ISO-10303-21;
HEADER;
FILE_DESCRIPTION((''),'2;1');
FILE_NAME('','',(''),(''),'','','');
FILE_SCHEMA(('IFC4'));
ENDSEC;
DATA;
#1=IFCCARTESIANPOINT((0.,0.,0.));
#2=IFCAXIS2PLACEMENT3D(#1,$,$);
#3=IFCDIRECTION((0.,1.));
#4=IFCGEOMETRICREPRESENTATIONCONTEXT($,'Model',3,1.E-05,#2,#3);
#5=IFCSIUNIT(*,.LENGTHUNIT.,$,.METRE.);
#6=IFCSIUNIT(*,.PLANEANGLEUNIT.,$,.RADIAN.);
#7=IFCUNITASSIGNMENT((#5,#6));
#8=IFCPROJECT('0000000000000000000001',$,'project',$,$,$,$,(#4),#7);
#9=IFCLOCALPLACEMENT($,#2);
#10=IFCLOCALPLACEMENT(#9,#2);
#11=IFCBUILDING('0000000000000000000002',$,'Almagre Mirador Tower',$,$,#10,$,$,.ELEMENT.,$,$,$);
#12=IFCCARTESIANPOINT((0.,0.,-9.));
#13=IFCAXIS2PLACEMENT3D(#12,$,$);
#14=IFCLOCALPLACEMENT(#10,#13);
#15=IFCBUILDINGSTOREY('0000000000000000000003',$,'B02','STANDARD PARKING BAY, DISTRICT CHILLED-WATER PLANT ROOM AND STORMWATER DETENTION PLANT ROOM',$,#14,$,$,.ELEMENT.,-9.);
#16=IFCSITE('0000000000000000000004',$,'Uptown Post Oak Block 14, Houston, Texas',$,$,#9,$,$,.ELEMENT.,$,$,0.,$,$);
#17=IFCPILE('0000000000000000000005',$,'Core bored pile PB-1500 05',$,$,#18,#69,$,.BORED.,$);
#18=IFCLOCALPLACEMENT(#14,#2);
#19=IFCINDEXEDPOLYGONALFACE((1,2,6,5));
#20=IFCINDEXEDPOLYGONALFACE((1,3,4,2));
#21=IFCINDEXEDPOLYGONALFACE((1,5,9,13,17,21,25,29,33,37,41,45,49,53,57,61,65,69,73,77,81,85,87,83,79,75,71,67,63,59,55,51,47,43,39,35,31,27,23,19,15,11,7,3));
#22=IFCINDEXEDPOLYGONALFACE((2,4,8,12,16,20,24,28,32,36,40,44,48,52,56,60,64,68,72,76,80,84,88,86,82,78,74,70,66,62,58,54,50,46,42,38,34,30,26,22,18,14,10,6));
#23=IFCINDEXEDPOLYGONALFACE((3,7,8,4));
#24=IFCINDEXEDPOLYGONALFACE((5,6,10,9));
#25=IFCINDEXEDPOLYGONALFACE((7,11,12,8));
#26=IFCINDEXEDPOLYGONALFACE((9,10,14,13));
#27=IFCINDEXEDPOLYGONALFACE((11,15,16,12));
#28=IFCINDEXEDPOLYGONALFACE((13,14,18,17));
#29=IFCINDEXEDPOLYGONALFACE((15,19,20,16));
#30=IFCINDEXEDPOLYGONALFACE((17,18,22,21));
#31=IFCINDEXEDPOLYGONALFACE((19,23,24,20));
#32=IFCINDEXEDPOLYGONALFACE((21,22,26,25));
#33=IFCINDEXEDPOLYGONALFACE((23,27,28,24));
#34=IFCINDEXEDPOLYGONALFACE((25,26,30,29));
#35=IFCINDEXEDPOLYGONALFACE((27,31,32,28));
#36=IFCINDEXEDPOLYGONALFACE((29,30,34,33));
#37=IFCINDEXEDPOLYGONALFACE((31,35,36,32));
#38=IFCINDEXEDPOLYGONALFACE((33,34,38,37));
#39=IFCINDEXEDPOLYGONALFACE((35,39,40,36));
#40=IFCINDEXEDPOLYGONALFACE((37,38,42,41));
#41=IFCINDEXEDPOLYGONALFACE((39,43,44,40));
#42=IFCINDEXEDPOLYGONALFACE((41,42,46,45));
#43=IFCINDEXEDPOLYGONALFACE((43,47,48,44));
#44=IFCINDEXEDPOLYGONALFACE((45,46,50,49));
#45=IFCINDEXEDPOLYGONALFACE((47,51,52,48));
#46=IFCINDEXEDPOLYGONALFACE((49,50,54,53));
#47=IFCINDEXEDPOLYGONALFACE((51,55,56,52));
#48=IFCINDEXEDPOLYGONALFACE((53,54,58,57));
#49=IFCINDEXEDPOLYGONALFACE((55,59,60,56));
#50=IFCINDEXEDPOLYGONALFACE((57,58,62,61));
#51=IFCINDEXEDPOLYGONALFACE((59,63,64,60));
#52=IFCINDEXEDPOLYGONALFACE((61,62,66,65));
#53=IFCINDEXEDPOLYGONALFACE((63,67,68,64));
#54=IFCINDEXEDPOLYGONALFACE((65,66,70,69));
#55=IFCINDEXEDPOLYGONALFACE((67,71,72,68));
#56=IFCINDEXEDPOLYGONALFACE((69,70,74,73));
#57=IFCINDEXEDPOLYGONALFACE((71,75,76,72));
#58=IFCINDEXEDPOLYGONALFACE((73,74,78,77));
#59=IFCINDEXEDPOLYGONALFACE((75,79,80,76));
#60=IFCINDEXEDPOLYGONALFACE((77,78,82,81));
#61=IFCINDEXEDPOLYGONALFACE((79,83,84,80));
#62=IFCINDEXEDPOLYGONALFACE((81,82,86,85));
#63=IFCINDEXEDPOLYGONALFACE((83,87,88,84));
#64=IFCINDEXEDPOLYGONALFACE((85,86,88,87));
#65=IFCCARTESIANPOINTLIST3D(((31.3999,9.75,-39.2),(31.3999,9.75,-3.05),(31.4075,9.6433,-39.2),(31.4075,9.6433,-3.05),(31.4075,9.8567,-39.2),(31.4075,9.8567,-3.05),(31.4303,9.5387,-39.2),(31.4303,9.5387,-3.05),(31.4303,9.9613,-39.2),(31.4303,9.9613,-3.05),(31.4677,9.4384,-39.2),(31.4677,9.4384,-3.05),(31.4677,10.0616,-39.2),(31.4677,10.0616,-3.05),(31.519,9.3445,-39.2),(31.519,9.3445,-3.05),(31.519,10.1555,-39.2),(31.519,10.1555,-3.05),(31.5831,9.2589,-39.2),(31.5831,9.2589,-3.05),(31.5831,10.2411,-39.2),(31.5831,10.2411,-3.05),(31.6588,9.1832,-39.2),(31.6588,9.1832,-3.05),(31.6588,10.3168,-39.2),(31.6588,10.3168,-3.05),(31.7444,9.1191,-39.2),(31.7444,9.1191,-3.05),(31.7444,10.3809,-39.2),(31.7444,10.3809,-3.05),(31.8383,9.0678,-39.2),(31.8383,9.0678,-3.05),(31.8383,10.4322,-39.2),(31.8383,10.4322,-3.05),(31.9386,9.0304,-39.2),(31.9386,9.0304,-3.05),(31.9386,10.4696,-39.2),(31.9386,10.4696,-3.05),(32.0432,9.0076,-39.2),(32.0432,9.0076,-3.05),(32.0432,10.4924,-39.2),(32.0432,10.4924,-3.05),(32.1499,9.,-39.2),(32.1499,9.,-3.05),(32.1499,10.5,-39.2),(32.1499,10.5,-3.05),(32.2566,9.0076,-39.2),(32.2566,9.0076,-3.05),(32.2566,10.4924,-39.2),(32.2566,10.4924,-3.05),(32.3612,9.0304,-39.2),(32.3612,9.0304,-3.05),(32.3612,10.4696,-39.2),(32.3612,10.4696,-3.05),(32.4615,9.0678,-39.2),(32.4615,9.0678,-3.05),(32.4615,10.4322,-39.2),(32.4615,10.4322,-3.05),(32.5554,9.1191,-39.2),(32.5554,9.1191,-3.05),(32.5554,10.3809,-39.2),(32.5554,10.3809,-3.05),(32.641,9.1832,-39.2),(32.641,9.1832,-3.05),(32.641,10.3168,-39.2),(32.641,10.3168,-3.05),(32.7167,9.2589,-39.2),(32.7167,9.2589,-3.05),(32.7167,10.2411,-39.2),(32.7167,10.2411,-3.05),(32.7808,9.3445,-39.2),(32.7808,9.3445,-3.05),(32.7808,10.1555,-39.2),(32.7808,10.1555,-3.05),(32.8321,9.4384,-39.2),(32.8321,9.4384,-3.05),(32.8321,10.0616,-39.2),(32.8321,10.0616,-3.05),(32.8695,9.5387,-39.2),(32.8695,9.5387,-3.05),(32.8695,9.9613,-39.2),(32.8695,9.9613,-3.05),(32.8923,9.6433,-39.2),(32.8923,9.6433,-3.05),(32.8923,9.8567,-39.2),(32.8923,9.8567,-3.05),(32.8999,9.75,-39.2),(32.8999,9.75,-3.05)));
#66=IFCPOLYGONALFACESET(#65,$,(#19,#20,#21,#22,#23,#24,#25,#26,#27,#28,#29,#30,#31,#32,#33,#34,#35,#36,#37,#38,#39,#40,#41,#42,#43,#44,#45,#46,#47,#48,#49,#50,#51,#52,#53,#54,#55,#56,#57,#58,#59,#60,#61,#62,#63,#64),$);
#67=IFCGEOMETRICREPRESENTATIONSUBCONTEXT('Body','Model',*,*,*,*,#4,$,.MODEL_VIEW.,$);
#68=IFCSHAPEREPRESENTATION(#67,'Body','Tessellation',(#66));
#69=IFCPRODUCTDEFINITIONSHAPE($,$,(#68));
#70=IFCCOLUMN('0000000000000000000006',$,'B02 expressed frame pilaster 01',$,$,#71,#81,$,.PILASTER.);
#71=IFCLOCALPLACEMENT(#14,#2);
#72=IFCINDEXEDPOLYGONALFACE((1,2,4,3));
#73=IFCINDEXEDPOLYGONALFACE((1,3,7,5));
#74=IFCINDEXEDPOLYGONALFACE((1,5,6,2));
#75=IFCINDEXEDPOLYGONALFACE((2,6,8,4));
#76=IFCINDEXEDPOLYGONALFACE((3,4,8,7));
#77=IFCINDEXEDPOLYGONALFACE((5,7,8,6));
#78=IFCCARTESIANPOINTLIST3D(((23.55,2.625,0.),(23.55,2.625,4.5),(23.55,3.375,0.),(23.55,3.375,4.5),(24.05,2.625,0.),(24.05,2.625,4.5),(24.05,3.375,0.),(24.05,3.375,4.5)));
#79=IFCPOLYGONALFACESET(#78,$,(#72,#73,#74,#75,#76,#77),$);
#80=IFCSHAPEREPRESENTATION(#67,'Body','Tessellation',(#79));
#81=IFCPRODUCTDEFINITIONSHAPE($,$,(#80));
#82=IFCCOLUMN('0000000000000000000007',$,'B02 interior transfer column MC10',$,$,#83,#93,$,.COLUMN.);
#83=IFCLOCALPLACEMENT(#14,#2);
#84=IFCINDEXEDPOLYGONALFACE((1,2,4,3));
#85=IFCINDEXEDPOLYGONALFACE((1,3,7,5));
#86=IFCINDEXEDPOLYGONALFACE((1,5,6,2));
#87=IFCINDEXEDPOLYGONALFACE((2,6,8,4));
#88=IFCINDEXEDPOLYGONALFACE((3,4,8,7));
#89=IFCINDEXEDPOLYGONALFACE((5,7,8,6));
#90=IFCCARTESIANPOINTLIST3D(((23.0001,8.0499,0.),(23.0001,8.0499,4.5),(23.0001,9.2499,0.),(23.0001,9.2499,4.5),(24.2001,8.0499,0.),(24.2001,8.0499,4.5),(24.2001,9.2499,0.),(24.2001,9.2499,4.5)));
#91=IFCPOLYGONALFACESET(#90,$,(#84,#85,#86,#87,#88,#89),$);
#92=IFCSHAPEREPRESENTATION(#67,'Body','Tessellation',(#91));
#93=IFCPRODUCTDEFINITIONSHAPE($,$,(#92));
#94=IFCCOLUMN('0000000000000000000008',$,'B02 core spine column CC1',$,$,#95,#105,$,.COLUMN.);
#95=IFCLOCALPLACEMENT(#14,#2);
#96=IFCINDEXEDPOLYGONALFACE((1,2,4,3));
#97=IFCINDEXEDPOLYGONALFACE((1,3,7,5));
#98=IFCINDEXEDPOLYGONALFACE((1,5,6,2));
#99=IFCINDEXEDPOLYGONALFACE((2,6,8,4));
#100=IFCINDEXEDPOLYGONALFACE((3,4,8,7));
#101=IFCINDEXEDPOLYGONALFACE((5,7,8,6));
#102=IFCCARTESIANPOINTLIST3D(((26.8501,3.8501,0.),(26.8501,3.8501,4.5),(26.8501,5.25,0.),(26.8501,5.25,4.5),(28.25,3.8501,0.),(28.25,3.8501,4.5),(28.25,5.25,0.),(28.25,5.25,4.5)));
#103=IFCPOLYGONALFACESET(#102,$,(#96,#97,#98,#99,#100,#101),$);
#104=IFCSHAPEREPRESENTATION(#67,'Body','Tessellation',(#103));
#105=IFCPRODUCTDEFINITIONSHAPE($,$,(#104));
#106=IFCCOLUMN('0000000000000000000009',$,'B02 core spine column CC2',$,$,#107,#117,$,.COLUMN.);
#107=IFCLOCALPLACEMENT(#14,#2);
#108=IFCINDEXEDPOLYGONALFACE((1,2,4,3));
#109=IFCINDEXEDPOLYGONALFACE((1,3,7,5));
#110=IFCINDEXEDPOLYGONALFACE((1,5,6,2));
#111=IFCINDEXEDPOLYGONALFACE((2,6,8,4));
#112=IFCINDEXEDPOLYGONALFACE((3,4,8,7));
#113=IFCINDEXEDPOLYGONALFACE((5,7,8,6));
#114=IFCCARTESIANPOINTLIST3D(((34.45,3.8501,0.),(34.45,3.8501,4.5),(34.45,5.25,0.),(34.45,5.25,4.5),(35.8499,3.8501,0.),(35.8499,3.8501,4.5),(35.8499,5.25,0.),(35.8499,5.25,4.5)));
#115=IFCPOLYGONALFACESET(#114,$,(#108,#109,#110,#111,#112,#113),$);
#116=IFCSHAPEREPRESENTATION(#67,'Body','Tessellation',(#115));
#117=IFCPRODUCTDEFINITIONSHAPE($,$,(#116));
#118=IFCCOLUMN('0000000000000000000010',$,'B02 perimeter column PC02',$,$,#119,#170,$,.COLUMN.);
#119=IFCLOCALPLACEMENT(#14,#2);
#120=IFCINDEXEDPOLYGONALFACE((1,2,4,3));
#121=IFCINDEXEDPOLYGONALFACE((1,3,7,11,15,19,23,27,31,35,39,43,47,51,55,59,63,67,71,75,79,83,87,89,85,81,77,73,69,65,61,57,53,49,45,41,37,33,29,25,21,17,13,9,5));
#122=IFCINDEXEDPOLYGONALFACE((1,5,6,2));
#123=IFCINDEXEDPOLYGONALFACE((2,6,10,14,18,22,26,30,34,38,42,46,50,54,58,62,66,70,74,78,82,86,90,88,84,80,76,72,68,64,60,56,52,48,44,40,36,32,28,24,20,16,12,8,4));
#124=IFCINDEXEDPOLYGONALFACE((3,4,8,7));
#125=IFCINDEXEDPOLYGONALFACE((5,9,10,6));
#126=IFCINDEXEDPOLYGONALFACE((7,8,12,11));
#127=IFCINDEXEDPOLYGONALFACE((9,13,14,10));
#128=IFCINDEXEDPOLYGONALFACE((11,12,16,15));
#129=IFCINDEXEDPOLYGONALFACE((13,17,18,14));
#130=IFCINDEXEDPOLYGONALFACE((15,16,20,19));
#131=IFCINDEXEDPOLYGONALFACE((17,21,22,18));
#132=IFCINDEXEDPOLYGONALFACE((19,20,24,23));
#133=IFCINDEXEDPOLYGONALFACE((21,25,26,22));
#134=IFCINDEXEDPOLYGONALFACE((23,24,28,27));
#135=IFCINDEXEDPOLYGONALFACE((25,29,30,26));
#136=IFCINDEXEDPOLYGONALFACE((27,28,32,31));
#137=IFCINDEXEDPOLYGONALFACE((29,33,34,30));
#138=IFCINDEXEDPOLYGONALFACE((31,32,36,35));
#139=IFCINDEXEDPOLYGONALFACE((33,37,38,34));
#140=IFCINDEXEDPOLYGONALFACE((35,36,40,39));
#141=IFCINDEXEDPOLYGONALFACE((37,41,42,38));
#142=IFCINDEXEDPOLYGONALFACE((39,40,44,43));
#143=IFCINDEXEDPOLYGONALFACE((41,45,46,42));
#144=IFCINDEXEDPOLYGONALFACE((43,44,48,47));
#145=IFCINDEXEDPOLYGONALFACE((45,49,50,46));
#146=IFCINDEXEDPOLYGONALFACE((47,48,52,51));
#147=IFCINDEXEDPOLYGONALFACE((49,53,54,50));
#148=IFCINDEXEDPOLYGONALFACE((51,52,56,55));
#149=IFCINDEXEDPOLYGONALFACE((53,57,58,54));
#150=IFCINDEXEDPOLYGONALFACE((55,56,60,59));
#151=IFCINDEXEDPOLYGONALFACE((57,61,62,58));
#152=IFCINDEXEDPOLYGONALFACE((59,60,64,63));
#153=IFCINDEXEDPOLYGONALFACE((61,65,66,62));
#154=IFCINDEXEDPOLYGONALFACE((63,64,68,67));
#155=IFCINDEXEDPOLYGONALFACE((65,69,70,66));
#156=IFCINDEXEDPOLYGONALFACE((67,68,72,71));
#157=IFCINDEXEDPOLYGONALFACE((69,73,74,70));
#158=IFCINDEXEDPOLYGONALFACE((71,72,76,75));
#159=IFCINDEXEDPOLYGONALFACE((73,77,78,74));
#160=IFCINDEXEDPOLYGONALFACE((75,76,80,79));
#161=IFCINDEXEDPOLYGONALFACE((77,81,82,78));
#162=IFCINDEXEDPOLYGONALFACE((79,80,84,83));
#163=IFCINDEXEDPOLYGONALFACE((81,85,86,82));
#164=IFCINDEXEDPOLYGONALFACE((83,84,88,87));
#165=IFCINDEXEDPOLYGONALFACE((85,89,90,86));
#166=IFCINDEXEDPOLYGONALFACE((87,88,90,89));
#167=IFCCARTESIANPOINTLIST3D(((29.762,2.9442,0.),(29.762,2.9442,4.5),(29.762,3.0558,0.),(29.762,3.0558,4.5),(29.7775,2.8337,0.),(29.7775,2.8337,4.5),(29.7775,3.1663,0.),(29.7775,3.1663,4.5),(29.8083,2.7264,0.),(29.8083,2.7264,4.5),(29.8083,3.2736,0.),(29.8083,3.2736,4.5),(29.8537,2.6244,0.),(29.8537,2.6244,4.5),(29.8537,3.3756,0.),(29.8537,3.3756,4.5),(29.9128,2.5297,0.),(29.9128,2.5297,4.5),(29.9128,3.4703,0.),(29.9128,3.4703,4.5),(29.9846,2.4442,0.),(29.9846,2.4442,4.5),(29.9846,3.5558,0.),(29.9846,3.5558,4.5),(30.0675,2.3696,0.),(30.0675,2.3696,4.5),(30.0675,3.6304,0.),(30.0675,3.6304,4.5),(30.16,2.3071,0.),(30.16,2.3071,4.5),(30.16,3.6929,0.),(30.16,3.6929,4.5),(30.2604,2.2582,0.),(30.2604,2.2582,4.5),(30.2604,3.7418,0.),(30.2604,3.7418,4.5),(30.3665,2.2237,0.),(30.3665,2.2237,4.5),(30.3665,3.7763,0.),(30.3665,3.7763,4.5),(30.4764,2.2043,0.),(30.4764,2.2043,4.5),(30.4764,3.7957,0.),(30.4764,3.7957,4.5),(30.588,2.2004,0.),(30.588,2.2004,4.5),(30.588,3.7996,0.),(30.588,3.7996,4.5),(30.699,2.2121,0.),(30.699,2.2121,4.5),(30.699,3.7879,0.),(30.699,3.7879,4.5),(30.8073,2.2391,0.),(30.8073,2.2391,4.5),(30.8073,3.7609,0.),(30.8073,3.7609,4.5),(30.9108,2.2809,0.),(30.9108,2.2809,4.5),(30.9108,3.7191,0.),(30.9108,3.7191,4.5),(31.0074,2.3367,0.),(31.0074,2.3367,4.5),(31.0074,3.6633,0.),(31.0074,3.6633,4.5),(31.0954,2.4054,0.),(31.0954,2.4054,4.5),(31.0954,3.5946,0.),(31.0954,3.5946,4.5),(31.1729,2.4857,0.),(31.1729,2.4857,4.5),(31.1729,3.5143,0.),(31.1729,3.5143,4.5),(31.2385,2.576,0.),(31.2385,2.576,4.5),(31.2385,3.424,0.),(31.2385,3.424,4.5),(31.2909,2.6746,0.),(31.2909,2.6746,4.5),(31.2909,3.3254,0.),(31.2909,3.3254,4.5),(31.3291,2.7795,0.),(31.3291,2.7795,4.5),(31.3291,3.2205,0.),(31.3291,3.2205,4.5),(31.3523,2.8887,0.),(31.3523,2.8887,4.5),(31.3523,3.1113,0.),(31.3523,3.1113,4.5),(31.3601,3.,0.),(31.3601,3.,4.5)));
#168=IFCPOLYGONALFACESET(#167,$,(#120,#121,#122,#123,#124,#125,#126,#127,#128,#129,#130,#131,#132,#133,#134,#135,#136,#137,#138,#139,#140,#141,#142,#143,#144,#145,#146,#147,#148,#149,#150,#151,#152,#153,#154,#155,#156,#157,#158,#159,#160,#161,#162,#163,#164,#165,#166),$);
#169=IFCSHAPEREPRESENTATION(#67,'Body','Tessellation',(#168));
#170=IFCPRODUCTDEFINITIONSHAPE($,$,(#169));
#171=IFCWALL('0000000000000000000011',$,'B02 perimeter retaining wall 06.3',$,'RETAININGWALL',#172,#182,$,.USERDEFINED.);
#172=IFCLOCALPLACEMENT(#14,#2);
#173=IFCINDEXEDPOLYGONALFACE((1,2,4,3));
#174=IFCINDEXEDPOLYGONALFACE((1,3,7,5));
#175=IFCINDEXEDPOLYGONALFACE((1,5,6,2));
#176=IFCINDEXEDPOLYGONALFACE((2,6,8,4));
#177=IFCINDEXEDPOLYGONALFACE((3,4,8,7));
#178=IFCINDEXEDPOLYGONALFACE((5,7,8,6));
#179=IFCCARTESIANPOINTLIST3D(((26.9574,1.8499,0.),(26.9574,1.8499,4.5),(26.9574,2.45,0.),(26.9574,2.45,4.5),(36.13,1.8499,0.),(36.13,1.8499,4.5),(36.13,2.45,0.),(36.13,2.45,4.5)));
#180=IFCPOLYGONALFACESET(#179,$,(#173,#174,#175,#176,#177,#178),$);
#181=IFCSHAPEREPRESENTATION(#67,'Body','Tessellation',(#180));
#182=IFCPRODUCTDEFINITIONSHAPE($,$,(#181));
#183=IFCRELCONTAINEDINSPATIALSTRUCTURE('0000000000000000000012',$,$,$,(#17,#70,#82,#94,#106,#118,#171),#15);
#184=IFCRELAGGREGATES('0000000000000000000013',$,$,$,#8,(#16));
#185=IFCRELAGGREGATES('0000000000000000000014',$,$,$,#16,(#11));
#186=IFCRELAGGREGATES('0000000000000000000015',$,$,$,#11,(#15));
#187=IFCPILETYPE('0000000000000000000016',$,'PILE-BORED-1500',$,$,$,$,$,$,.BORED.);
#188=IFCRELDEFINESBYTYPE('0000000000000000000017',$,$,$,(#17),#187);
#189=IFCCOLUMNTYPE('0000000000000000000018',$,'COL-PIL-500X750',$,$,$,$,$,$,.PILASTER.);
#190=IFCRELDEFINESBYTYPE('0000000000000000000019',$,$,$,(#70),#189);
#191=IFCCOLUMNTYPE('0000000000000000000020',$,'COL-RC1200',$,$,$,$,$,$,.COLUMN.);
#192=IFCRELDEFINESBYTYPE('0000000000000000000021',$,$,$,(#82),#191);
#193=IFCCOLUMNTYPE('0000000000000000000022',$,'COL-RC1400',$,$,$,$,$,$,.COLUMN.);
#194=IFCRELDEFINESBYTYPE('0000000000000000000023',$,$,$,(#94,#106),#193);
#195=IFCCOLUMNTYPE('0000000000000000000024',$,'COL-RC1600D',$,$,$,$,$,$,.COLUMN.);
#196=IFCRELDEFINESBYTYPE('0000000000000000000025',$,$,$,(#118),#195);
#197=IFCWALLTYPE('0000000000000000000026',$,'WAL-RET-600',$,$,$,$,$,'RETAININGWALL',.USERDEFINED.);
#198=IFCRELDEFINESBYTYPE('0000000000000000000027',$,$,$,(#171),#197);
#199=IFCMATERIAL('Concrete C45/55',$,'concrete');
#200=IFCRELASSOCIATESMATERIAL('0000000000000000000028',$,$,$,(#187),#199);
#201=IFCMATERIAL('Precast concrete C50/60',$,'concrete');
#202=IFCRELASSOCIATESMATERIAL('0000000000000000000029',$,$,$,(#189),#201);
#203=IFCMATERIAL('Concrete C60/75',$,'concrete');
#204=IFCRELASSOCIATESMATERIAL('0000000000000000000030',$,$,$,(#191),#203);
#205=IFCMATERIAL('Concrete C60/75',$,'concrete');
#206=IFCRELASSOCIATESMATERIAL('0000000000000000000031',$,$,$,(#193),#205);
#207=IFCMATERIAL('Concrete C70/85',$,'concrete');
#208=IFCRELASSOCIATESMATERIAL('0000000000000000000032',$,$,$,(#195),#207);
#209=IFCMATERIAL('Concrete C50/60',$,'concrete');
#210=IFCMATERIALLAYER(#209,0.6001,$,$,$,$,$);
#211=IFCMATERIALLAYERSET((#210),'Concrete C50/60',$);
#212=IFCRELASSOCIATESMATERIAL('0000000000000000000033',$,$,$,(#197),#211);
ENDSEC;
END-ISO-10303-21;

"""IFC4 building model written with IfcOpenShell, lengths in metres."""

from ifc_helpers import new_model, si_unit, direction, frame, frame_2d, origin, origin_2d, place, context, subcontext, project, spatial, rectangle, circle, extrude, material, layer, layer_set, material_profile, profile_set, type_object, element, save


model = new_model("IFC4")

# Units and contexts
model_context = context("Model", 3, precision=1e-05, world=origin(), true_north=direction((0.0, 1.0)))
body_context = subcontext(model_context, "Body", "Model", "MODEL_VIEW")
ifc_project = project(units=[si_unit("LENGTHUNIT", "METRE"), si_unit("PLANEANGLEUNIT", "RADIAN")], contexts=[model_context])

# Site, building, storey
site_placement = place(None, origin())
site = spatial("IfcSite", under=ifc_project, at=site_placement, Name="Uptown Post Oak Block 14, Houston, Texas", CompositionType="ELEMENT", RefElevation=0.0)
building_placement = place(site_placement, origin())
building = spatial("IfcBuilding", under=site, at=building_placement, Name="Almagre Mirador Tower", CompositionType="ELEMENT")
storey_placement = place(building_placement, frame((0.0, 0.0, -9.0)))
storey = spatial("IfcBuildingStorey", under=building, at=storey_placement, Name="B02", Description="STANDARD PARKING BAY, DISTRICT CHILLED-WATER PLANT ROOM AND STORMWATER DETENTION PLANT ROOM", CompositionType="ELEMENT", Elevation=-9.0)

# Pile
ifc_material_1 = material(Name="Concrete C45/55", Category="concrete")
ifc_material_profile_1 = material_profile(ifc_material_1, circle(Radius=0.75, at=origin_2d()), Name="PILE1500D")
ifc_profile_set_1 = profile_set([ifc_material_profile_1], Name="Concrete C45/55")
pile_type = type_object("IfcPileType", Name="PILE-BORED-1500", PredefinedType="BORED", material=ifc_profile_set_1)
for number, where, z_axis, x_axis, name in (
    (1, (32.1499, 9.75, -3.05), (0.0, 0.0, -1.0), (1.0, 0.0, 0.0), "Core bored pile PB-1500 05"),
):
    element("IfcPile", number, at=place(storey_placement, frame(where, z_axis=z_axis, x_axis=x_axis)), inside=storey, type_object=pile_type, Name=name, PredefinedType="BORED", context=body_context, shape_type="SweptSolid", body=[
        extrude(circle(Radius=0.75, at=origin_2d()), origin(), (0.0, 0.0, 1.0), 36.1499),
    ])

# Columns
ifc_material_2 = material(Name="Precast concrete C50/60", Category="concrete")
ifc_material_profile_2 = material_profile(ifc_material_2, rectangle(XDim=0.5, YDim=0.75, at=origin_2d()), Name="RC500X750")
ifc_profile_set_2 = profile_set([ifc_material_profile_2], Name="Precast concrete C50/60")
column_type_1 = type_object("IfcColumnType", Name="COL-PIL-500X750", PredefinedType="PILASTER", material=ifc_profile_set_2)
column_1_placement = place(storey_placement, frame((23.8, 3.0, 0.0), z_axis=(0.0, 0.0, 1.0), x_axis=(1.0, 0.0, 0.0)))
element("IfcColumn", 2, at=column_1_placement, inside=storey, type_object=column_type_1, Name="B02 expressed frame pilaster 01", PredefinedType="PILASTER", context=body_context, shape_type="SweptSolid", body=[
    extrude(rectangle(XDim=0.5, YDim=0.75, at=origin_2d()), origin(), (0.0, 0.0, 1.0), 4.5),
])
ifc_material_3 = material(Name="Concrete C60/75", Category="concrete")
ifc_material_profile_3 = material_profile(ifc_material_3, rectangle(XDim=1.2, YDim=1.2, at=origin_2d()), Name="RC1200X1200")
ifc_profile_set_3 = profile_set([ifc_material_profile_3], Name="Concrete C60/75")
column_type_2 = type_object("IfcColumnType", Name="COL-RC1200", PredefinedType="COLUMN", material=ifc_profile_set_3)
column_2_placement = place(storey_placement, frame((23.6001, 8.6499, 0.0), z_axis=(0.0, 0.0, 1.0), x_axis=(1.0, 0.0, 0.0)))
element("IfcColumn", 3, at=column_2_placement, inside=storey, type_object=column_type_2, Name="B02 interior transfer column MC10", PredefinedType="COLUMN", context=body_context, shape_type="SweptSolid", body=[
    extrude(rectangle(XDim=1.2, YDim=1.2, at=origin_2d()), origin(), (0.0, 0.0, 1.0), 4.5),
])
ifc_material_4 = material(Name="Concrete C60/75", Category="concrete")
ifc_material_profile_4 = material_profile(ifc_material_4, rectangle(XDim=1.3999, YDim=1.3999, at=origin_2d()), Name="RC1400X1400")
ifc_profile_set_4 = profile_set([ifc_material_profile_4], Name="Concrete C60/75")
column_type_3 = type_object("IfcColumnType", Name="COL-RC1400", PredefinedType="COLUMN", material=ifc_profile_set_4)
for number, where, z_axis, x_axis, name in (
    (4, (27.55, 4.55, 0.0), (0.0, 0.0, 1.0), (1.0, 0.0, 0.0), "B02 core spine column CC1"),
    (5, (35.1499, 4.55, 0.0), (0.0, 0.0, 1.0), (1.0, 0.0, 0.0), "B02 core spine column CC2"),
):
    element("IfcColumn", number, at=place(storey_placement, frame(where, z_axis=z_axis, x_axis=x_axis)), inside=storey, type_object=column_type_3, Name=name, PredefinedType="COLUMN", context=body_context, shape_type="SweptSolid", body=[
        extrude(rectangle(XDim=1.3999, YDim=1.3999, at=origin_2d()), origin(), (0.0, 0.0, 1.0), 4.5),
    ])
ifc_material_5 = material(Name="Concrete C70/85", Category="concrete")
ifc_material_profile_5 = material_profile(ifc_material_5, circle(Radius=0.8, at=origin_2d()), Name="RC1600D")
ifc_profile_set_5 = profile_set([ifc_material_profile_5], Name="Concrete C70/85")
column_type_4 = type_object("IfcColumnType", Name="COL-RC1600D", PredefinedType="COLUMN", material=ifc_profile_set_5)
column_3_placement = place(storey_placement, frame((30.5601, 3.0, 0.0), z_axis=(0.0, 0.0, 1.0), x_axis=(1.0, 0.0, 0.0)))
element("IfcColumn", 6, at=column_3_placement, inside=storey, type_object=column_type_4, Name="B02 perimeter column PC02", PredefinedType="COLUMN", context=body_context, shape_type="SweptSolid", body=[
    extrude(circle(Radius=0.8, at=origin_2d()), origin(), (0.0, 0.0, 1.0), 4.5),
])

# Wall
ifc_material_6 = material(Name="Concrete C50/60", Category="concrete")
ifc_layer_1 = layer(ifc_material_6, 0.6001)
ifc_layer_set_1 = layer_set([ifc_layer_1], Name="Concrete C50/60")
wall_type_1 = type_object("IfcWallType", Name="WAL-RET-600", ElementType="RETAININGWALL", PredefinedType="USERDEFINED", material=ifc_layer_set_1)
wall_1_placement = place(storey_placement, frame((26.9573, 2.1499, 0.0), z_axis=(0.0, 0.0, 1.0), x_axis=(1.0, 0.0, 0.0)))
element("IfcWall", 7, at=wall_1_placement, inside=storey, type_object=wall_type_1, Name="B02 perimeter retaining wall 06.3", ObjectType="RETAININGWALL", PredefinedType="USERDEFINED", context=body_context, shape_type="SweptSolid", body=[
    extrude(rectangle(XDim=9.1726, YDim=0.6001, at=frame_2d((4.5864, 0.0))), origin(), (0.0, 0.0, 1.0), 4.5),
])

save(model, "model.ifc")
